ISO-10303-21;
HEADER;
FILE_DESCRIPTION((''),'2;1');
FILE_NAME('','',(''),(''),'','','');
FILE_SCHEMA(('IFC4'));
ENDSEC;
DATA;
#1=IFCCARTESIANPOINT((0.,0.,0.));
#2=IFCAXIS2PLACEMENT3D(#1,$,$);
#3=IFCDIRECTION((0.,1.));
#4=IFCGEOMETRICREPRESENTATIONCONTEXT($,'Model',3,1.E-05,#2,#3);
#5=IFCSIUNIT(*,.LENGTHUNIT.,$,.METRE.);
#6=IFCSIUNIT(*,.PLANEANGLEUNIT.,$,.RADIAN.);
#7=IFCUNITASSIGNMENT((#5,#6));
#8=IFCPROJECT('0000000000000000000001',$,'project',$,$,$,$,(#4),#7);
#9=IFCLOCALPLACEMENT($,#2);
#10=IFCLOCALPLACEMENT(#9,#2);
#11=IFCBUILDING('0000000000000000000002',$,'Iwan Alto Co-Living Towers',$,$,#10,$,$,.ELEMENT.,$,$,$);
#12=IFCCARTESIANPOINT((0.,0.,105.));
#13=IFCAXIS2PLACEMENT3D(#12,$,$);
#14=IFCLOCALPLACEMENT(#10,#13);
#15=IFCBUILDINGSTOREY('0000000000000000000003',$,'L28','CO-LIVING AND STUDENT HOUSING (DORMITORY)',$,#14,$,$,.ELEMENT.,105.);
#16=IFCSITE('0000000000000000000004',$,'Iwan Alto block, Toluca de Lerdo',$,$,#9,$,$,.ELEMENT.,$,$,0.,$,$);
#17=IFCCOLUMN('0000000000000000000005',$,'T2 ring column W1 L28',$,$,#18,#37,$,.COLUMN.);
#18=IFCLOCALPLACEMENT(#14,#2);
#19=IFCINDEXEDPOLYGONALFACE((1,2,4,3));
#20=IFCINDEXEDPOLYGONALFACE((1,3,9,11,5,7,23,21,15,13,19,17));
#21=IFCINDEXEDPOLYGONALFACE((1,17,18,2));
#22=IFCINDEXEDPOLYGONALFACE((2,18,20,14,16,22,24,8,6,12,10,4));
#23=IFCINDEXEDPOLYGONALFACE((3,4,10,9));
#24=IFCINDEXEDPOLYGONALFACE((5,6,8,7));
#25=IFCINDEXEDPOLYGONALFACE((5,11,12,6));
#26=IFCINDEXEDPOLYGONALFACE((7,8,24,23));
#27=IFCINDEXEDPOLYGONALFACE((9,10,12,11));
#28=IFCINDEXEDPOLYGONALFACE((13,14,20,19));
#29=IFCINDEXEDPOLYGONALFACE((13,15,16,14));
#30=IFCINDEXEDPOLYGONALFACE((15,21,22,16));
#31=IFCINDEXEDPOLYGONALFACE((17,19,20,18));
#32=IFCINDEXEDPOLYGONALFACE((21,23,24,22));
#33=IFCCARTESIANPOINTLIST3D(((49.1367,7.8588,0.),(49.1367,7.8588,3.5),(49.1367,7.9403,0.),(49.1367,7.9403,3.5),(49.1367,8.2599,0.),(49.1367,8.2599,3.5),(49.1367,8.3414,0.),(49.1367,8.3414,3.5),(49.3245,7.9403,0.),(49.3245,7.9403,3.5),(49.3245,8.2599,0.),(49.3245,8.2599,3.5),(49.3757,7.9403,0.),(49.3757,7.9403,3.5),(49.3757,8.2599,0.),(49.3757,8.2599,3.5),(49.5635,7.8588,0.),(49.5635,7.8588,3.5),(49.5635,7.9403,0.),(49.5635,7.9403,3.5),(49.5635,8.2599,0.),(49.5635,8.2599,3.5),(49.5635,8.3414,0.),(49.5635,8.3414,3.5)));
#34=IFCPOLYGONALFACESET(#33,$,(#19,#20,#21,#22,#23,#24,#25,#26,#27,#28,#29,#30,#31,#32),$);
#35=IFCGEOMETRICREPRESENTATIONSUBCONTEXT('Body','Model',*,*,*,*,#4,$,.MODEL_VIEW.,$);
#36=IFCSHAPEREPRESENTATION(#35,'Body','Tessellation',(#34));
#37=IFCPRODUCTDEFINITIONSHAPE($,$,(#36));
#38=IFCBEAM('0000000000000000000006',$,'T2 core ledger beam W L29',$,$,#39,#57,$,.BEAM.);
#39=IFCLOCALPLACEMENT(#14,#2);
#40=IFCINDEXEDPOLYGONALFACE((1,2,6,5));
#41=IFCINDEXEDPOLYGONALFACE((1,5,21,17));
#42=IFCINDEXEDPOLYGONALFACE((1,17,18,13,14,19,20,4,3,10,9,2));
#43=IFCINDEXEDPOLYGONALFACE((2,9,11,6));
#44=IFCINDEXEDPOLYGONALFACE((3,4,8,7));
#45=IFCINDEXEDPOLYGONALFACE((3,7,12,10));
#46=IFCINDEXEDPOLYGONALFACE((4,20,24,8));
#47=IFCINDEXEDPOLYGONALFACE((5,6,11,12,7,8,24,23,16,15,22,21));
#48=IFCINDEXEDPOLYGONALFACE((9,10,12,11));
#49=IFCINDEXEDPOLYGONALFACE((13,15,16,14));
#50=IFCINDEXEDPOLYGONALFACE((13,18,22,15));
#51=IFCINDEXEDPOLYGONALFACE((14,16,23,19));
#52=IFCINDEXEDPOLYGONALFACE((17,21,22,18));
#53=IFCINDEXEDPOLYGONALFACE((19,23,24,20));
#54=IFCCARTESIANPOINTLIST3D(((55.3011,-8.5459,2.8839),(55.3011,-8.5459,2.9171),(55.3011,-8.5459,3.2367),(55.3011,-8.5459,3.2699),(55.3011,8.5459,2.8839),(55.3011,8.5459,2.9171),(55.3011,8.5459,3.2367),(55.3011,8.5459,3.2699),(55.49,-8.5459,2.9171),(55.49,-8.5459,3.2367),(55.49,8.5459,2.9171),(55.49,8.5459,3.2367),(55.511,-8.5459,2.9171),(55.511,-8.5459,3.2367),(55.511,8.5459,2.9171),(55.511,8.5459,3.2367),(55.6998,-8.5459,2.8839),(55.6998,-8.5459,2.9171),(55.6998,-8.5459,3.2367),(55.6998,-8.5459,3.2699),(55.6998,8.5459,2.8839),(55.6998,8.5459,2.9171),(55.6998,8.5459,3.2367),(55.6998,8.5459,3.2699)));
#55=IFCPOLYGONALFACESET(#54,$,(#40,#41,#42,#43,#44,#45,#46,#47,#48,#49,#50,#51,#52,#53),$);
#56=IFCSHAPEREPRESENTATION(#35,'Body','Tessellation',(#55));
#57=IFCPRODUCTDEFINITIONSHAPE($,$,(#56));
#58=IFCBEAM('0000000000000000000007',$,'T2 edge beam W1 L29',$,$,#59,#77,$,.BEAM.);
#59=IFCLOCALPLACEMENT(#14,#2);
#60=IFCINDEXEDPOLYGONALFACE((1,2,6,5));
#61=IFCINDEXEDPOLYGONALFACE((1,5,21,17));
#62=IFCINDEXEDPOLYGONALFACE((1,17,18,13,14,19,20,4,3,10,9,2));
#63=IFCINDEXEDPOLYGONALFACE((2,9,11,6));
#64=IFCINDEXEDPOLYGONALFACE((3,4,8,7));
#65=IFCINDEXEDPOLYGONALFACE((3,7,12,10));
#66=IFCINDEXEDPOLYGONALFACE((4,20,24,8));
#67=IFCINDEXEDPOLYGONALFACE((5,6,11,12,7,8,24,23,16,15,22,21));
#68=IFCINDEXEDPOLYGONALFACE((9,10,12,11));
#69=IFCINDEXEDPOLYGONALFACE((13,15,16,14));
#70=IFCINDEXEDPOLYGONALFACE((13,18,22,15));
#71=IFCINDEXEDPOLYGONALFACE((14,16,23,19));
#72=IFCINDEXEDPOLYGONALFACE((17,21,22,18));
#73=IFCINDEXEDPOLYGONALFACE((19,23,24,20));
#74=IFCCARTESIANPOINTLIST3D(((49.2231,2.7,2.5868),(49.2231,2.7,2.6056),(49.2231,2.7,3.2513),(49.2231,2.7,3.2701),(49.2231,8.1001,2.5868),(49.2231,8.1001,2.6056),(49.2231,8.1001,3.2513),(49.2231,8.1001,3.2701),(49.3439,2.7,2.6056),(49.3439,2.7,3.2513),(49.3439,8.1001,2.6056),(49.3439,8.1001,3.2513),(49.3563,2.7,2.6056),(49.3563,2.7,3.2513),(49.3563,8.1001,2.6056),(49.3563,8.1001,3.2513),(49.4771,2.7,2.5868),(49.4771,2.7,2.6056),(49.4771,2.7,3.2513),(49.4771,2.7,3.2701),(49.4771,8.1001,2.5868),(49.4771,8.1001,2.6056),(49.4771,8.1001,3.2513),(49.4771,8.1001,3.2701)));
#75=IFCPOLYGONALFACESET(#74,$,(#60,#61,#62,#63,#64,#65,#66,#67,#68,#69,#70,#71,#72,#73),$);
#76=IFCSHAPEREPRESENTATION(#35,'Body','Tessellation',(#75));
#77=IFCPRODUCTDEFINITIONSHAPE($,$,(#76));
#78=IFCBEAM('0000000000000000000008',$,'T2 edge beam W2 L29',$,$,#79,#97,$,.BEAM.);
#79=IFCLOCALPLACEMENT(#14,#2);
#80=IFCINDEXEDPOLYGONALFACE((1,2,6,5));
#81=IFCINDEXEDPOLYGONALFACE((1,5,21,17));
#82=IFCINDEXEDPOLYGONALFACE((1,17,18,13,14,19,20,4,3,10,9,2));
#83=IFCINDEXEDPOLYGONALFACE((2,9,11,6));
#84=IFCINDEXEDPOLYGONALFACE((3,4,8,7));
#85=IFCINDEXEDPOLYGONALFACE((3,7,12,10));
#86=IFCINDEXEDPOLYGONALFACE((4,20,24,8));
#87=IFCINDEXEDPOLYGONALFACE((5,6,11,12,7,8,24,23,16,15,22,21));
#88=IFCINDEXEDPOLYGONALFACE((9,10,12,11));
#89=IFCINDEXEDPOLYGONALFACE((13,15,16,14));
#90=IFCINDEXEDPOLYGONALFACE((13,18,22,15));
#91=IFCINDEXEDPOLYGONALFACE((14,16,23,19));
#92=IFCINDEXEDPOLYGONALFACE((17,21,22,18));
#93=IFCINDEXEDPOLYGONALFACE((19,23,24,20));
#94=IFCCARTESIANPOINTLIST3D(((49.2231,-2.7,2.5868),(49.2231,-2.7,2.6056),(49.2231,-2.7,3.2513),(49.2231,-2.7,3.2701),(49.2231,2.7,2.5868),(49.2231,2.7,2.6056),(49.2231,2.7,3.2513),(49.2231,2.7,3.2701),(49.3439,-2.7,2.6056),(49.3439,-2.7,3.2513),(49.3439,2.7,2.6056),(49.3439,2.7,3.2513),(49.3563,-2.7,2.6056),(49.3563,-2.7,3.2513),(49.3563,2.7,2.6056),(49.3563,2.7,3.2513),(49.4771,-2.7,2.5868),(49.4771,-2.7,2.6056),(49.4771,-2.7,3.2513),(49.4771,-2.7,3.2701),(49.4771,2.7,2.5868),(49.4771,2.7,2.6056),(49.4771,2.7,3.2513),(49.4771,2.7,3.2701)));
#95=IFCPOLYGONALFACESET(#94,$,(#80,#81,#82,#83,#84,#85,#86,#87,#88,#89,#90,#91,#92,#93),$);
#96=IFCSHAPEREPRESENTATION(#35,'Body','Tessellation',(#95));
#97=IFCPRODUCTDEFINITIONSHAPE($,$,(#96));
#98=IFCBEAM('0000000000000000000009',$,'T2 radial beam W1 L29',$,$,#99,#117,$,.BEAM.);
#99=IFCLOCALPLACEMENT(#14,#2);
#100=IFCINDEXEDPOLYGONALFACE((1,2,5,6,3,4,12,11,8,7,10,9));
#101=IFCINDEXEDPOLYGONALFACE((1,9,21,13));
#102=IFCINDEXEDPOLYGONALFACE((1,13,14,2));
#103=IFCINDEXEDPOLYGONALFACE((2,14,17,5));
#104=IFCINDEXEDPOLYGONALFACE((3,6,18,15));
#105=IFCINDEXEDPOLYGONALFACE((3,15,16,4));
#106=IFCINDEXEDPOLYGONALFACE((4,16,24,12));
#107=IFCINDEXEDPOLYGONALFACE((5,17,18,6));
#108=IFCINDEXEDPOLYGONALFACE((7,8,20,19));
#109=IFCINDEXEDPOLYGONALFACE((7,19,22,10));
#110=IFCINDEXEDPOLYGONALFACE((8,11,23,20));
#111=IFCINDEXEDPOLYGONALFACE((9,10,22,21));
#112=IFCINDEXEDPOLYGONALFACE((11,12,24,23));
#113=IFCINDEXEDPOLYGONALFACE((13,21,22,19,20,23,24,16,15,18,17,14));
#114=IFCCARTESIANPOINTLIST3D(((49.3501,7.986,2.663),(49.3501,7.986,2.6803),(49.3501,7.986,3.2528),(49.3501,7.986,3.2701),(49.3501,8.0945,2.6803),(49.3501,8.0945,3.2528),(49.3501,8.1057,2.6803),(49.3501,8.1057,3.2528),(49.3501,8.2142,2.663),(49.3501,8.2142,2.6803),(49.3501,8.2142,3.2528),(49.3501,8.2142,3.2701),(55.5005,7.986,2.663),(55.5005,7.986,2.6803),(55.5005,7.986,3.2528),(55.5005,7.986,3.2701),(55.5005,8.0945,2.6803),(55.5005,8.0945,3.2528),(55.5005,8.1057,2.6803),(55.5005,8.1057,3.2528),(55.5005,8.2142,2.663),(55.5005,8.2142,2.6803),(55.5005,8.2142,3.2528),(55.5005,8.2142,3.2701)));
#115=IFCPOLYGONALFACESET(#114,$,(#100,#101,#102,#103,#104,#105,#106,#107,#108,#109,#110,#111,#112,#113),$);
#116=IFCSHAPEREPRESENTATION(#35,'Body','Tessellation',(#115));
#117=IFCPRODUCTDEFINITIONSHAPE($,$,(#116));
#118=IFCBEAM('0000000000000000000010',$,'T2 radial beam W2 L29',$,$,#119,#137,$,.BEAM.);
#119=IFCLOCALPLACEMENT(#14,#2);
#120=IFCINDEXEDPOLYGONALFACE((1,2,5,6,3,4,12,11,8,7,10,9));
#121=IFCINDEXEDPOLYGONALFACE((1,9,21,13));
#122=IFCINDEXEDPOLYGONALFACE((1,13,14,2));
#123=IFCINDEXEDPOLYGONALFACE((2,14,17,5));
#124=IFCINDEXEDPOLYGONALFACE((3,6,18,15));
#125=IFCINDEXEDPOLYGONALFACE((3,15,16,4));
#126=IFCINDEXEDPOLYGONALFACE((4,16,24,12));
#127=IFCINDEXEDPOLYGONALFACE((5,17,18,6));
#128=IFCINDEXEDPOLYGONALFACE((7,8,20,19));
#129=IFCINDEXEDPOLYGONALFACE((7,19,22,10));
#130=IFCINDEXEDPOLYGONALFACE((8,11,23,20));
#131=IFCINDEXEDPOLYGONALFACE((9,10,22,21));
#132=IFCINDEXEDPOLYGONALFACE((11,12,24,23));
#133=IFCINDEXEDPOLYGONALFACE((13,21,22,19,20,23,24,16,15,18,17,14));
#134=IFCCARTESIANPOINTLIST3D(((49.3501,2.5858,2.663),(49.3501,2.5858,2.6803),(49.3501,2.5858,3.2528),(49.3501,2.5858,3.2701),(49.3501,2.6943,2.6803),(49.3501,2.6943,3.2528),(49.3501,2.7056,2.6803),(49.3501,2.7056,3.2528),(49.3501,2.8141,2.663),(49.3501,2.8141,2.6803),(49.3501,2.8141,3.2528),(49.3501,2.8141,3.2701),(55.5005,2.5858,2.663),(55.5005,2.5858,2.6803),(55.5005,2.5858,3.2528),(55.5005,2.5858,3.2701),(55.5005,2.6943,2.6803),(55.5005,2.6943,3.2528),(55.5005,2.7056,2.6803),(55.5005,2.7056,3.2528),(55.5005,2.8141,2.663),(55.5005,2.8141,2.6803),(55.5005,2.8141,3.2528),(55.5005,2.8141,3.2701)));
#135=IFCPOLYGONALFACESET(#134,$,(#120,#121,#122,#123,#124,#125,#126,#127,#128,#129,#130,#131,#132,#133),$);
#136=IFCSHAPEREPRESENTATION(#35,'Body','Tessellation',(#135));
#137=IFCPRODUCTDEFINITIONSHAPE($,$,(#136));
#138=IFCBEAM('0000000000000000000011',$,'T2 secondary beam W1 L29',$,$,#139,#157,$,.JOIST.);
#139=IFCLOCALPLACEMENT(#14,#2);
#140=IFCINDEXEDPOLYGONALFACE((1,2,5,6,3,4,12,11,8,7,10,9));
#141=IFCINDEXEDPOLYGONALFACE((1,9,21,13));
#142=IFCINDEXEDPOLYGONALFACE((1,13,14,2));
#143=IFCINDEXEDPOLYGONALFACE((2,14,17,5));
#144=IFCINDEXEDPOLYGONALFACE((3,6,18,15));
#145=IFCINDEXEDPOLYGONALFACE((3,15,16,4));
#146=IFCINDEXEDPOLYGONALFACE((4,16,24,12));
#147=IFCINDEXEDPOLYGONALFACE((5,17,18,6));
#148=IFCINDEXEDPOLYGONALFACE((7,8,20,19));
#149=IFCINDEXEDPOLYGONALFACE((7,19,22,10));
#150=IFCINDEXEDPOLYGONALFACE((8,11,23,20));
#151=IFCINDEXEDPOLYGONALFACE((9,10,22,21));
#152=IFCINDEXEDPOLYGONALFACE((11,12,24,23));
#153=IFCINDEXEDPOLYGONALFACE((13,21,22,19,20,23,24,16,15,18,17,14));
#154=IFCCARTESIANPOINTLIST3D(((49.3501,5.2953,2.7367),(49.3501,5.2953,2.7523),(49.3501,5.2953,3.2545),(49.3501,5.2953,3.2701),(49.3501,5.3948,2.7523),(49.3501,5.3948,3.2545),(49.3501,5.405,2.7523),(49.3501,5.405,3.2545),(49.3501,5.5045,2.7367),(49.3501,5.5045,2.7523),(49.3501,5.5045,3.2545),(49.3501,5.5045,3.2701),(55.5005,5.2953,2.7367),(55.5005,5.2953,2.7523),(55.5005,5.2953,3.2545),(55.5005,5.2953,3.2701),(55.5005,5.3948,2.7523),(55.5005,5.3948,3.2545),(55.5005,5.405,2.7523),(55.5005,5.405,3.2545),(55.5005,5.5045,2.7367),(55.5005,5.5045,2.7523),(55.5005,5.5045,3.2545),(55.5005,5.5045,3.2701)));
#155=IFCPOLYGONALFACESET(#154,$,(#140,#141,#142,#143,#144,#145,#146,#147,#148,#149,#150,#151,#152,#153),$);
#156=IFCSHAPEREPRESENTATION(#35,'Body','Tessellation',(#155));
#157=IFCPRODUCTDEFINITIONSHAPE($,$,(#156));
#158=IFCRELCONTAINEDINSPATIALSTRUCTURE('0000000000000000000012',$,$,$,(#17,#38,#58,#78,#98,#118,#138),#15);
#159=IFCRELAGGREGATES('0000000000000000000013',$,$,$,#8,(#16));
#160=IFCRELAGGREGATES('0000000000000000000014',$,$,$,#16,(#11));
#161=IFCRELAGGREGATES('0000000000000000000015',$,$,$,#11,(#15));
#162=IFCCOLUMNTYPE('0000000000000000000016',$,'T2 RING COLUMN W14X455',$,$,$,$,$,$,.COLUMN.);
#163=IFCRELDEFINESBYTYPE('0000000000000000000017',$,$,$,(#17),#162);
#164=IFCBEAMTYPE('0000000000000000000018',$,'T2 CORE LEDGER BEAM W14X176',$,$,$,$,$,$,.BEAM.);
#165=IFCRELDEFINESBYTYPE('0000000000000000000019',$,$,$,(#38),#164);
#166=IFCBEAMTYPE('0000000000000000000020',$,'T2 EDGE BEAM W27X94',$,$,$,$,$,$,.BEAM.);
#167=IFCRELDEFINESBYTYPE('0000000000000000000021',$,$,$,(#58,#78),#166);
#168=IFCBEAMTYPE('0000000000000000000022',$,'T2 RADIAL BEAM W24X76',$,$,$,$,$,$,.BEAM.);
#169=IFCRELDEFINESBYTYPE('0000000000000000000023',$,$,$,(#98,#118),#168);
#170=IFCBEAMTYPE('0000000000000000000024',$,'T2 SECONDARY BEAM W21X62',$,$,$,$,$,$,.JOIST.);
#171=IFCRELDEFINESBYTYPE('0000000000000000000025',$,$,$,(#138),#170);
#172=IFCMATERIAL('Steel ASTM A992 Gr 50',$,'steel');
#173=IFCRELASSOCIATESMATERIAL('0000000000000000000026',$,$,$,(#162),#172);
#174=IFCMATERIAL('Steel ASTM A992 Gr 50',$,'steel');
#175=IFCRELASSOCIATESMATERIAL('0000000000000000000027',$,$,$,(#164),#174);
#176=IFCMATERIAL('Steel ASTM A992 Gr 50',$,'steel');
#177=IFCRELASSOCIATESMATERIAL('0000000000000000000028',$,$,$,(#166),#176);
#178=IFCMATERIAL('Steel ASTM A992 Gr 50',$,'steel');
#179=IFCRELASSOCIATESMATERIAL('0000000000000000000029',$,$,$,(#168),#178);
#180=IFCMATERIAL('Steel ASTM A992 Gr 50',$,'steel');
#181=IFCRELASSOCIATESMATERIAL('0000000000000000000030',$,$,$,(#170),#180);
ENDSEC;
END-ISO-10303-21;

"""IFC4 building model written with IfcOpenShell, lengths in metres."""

from ifc_helpers import new_model, si_unit, direction, frame, origin, origin_2d, place, context, subcontext, project, spatial, i_section, extrude, material, material_profile, profile_set, type_object, element, save


model = new_model("IFC4")

# Units and contexts
model_context = context("Model", 3, precision=1e-05, world=origin(), true_north=direction((0.0, 1.0)))
body_context = subcontext(model_context, "Body", "Model", "MODEL_VIEW")
ifc_project = project(units=[si_unit("LENGTHUNIT", "METRE"), si_unit("PLANEANGLEUNIT", "RADIAN")], contexts=[model_context])

# Site, building, storey
site_placement = place(None, origin())
site = spatial("IfcSite", under=ifc_project, at=site_placement, Name="Iwan Alto block, Toluca de Lerdo", CompositionType="ELEMENT", RefElevation=0.0)
building_placement = place(site_placement, origin())
building = spatial("IfcBuilding", under=site, at=building_placement, Name="Iwan Alto Co-Living Towers", CompositionType="ELEMENT")
storey_placement = place(building_placement, frame((0.0, 0.0, 105.0)))
storey = spatial("IfcBuildingStorey", under=building, at=storey_placement, Name="L28", Description="CO-LIVING AND STUDENT HOUSING (DORMITORY)", CompositionType="ELEMENT", Elevation=105.0)

# Column
ifc_material_1 = material(Name="Steel ASTM A992 Gr 50", Category="steel")
ifc_material_profile_1 = material_profile(ifc_material_1, i_section(OverallWidth=0.4268, OverallDepth=0.4827, WebThickness=0.0513, FlangeThickness=0.0815, at=origin_2d()), Name="W14X455")
ifc_profile_set_1 = profile_set([ifc_material_profile_1], Name="Steel ASTM A992 Gr 50")
column_type = type_object("IfcColumnType", Name="T2 RING COLUMN W14X455", PredefinedType="COLUMN", material=ifc_profile_set_1)
column_placement = place(storey_placement, frame((49.3501, 8.1001, 0.0), z_axis=(0.0, 0.0, 1.0), x_axis=(1.0, 0.0, 0.0)))
element("IfcColumn", 1, at=column_placement, inside=storey, type_object=column_type, Name="T2 ring column W1 L28", PredefinedType="COLUMN", context=body_context, shape_type="SweptSolid", body=[
    extrude(i_section(OverallWidth=0.4268, OverallDepth=0.4827, WebThickness=0.0513, FlangeThickness=0.0815, at=origin_2d()), origin(), (0.0, 0.0, 1.0), 3.5),
])

# Beams
ifc_material_2 = material(Name="Steel ASTM A992 Gr 50", Category="steel")
ifc_material_profile_2 = material_profile(ifc_material_2, i_section(OverallWidth=0.3987, OverallDepth=0.386, WebThickness=0.021, FlangeThickness=0.0332, at=origin_2d()), Name="W14X176")
ifc_profile_set_2 = profile_set([ifc_material_profile_2], Name="Steel ASTM A992 Gr 50")
beam_type_1 = type_object("IfcBeamType", Name="T2 CORE LEDGER BEAM W14X176", PredefinedType="BEAM", material=ifc_profile_set_2)
beam_1_placement = place(storey_placement, frame((55.5005, 8.5459, 3.0769), z_axis=(0.0, -1.0, 0.0), x_axis=(1.0, 0.0, 0.0)))
element("IfcBeam", 2, at=beam_1_placement, inside=storey, type_object=beam_type_1, Name="T2 core ledger beam W L29", PredefinedType="BEAM", context=body_context, shape_type="SweptSolid", body=[
    extrude(i_section(OverallWidth=0.3987, OverallDepth=0.386, WebThickness=0.021, FlangeThickness=0.0332, at=origin_2d()), origin(), (0.0, 0.0, 1.0), 17.0918),
])
ifc_material_3 = material(Name="Steel ASTM A992 Gr 50", Category="steel")
ifc_material_profile_3 = material_profile(ifc_material_3, i_section(OverallWidth=0.2539, OverallDepth=0.6833, WebThickness=0.0125, FlangeThickness=0.0188, at=origin_2d()), Name="W27X94")
ifc_profile_set_3 = profile_set([ifc_material_profile_3], Name="Steel ASTM A992 Gr 50")
beam_type_2 = type_object("IfcBeamType", Name="T2 EDGE BEAM W27X94", PredefinedType="BEAM", material=ifc_profile_set_3)
beam_2_placement = place(storey_placement, frame((49.3501, 8.1001, 2.9285), z_axis=(0.0, -1.0, 0.0), x_axis=(1.0, 0.0, 0.0)))
element("IfcBeam", 3, at=beam_2_placement, inside=storey, type_object=beam_type_2, Name="T2 edge beam W1 L29", PredefinedType="BEAM", context=body_context, shape_type="SweptSolid", body=[
    extrude(i_section(OverallWidth=0.2539, OverallDepth=0.6833, WebThickness=0.0125, FlangeThickness=0.0188, at=origin_2d()), origin(), (0.0, 0.0, 1.0), 5.4001),
])
beam_3_placement = place(storey_placement, frame((49.3501, 2.7, 2.9285), z_axis=(0.0, -1.0, 0.0), x_axis=(1.0, 0.0, 0.0)))
element("IfcBeam", 4, at=beam_3_placement, inside=storey, type_object=beam_type_2, Name="T2 edge beam W2 L29", PredefinedType="BEAM", context=body_context, shape_type="SweptSolid", body=[
    extrude(i_section(OverallWidth=0.2539, OverallDepth=0.6833, WebThickness=0.0125, FlangeThickness=0.0188, at=origin_2d()), origin(), (0.0, 0.0, 1.0), 5.3999),
])
ifc_material_4 = material(Name="Steel ASTM A992 Gr 50", Category="steel")
ifc_material_profile_4 = material_profile(ifc_material_4, i_section(OverallWidth=0.2283, OverallDepth=0.6072, WebThickness=0.0112, FlangeThickness=0.0173, at=origin_2d()), Name="W24X76")
ifc_profile_set_4 = profile_set([ifc_material_profile_4], Name="Steel ASTM A992 Gr 50")
beam_type_3 = type_object("IfcBeamType", Name="T2 RADIAL BEAM W24X76", PredefinedType="BEAM", material=ifc_profile_set_4)
for number, where, z_axis, x_axis, name in (
    (5, (49.3501, 8.1001, 2.9666), (1.0, 0.0, 0.0), (0.0, 1.0, 0.0), "T2 radial beam W1 L29"),
    (6, (49.3501, 2.7, 2.9666), (1.0, 0.0, 0.0), (0.0, 1.0, 0.0), "T2 radial beam W2 L29"),
):
    element("IfcBeam", number, at=place(storey_placement, frame(where, z_axis=z_axis, x_axis=x_axis)), inside=storey, type_object=beam_type_3, Name=name, PredefinedType="BEAM", context=body_context, shape_type="SweptSolid", body=[
        extrude(i_section(OverallWidth=0.2283, OverallDepth=0.6072, WebThickness=0.0112, FlangeThickness=0.0173, at=origin_2d()), origin(), (0.0, 0.0, 1.0), 6.1504),
    ])
ifc_material_5 = material(Name="Steel ASTM A992 Gr 50", Category="steel")
ifc_material_profile_5 = material_profile(ifc_material_5, i_section(OverallWidth=0.2092, OverallDepth=0.5334, WebThickness=0.0103, FlangeThickness=0.0156, at=origin_2d()), Name="W21X62")
ifc_profile_set_5 = profile_set([ifc_material_profile_5], Name="Steel ASTM A992 Gr 50")
beam_type_4 = type_object("IfcBeamType", Name="T2 SECONDARY BEAM W21X62", PredefinedType="JOIST", material=ifc_profile_set_5)
beam_4_placement = place(storey_placement, frame((49.3501, 5.3999, 3.0034), z_axis=(1.0, 0.0, 0.0), x_axis=(0.0, 1.0, 0.0)))
element("IfcBeam", 7, at=beam_4_placement, inside=storey, type_object=beam_type_4, Name="T2 secondary beam W1 L29", PredefinedType="JOIST", context=body_context, shape_type="SweptSolid", body=[
    extrude(i_section(OverallWidth=0.2092, OverallDepth=0.5334, WebThickness=0.0103, FlangeThickness=0.0156, at=origin_2d()), origin(), (0.0, 0.0, 1.0), 6.1504),
])

save(model, "model.ifc")
